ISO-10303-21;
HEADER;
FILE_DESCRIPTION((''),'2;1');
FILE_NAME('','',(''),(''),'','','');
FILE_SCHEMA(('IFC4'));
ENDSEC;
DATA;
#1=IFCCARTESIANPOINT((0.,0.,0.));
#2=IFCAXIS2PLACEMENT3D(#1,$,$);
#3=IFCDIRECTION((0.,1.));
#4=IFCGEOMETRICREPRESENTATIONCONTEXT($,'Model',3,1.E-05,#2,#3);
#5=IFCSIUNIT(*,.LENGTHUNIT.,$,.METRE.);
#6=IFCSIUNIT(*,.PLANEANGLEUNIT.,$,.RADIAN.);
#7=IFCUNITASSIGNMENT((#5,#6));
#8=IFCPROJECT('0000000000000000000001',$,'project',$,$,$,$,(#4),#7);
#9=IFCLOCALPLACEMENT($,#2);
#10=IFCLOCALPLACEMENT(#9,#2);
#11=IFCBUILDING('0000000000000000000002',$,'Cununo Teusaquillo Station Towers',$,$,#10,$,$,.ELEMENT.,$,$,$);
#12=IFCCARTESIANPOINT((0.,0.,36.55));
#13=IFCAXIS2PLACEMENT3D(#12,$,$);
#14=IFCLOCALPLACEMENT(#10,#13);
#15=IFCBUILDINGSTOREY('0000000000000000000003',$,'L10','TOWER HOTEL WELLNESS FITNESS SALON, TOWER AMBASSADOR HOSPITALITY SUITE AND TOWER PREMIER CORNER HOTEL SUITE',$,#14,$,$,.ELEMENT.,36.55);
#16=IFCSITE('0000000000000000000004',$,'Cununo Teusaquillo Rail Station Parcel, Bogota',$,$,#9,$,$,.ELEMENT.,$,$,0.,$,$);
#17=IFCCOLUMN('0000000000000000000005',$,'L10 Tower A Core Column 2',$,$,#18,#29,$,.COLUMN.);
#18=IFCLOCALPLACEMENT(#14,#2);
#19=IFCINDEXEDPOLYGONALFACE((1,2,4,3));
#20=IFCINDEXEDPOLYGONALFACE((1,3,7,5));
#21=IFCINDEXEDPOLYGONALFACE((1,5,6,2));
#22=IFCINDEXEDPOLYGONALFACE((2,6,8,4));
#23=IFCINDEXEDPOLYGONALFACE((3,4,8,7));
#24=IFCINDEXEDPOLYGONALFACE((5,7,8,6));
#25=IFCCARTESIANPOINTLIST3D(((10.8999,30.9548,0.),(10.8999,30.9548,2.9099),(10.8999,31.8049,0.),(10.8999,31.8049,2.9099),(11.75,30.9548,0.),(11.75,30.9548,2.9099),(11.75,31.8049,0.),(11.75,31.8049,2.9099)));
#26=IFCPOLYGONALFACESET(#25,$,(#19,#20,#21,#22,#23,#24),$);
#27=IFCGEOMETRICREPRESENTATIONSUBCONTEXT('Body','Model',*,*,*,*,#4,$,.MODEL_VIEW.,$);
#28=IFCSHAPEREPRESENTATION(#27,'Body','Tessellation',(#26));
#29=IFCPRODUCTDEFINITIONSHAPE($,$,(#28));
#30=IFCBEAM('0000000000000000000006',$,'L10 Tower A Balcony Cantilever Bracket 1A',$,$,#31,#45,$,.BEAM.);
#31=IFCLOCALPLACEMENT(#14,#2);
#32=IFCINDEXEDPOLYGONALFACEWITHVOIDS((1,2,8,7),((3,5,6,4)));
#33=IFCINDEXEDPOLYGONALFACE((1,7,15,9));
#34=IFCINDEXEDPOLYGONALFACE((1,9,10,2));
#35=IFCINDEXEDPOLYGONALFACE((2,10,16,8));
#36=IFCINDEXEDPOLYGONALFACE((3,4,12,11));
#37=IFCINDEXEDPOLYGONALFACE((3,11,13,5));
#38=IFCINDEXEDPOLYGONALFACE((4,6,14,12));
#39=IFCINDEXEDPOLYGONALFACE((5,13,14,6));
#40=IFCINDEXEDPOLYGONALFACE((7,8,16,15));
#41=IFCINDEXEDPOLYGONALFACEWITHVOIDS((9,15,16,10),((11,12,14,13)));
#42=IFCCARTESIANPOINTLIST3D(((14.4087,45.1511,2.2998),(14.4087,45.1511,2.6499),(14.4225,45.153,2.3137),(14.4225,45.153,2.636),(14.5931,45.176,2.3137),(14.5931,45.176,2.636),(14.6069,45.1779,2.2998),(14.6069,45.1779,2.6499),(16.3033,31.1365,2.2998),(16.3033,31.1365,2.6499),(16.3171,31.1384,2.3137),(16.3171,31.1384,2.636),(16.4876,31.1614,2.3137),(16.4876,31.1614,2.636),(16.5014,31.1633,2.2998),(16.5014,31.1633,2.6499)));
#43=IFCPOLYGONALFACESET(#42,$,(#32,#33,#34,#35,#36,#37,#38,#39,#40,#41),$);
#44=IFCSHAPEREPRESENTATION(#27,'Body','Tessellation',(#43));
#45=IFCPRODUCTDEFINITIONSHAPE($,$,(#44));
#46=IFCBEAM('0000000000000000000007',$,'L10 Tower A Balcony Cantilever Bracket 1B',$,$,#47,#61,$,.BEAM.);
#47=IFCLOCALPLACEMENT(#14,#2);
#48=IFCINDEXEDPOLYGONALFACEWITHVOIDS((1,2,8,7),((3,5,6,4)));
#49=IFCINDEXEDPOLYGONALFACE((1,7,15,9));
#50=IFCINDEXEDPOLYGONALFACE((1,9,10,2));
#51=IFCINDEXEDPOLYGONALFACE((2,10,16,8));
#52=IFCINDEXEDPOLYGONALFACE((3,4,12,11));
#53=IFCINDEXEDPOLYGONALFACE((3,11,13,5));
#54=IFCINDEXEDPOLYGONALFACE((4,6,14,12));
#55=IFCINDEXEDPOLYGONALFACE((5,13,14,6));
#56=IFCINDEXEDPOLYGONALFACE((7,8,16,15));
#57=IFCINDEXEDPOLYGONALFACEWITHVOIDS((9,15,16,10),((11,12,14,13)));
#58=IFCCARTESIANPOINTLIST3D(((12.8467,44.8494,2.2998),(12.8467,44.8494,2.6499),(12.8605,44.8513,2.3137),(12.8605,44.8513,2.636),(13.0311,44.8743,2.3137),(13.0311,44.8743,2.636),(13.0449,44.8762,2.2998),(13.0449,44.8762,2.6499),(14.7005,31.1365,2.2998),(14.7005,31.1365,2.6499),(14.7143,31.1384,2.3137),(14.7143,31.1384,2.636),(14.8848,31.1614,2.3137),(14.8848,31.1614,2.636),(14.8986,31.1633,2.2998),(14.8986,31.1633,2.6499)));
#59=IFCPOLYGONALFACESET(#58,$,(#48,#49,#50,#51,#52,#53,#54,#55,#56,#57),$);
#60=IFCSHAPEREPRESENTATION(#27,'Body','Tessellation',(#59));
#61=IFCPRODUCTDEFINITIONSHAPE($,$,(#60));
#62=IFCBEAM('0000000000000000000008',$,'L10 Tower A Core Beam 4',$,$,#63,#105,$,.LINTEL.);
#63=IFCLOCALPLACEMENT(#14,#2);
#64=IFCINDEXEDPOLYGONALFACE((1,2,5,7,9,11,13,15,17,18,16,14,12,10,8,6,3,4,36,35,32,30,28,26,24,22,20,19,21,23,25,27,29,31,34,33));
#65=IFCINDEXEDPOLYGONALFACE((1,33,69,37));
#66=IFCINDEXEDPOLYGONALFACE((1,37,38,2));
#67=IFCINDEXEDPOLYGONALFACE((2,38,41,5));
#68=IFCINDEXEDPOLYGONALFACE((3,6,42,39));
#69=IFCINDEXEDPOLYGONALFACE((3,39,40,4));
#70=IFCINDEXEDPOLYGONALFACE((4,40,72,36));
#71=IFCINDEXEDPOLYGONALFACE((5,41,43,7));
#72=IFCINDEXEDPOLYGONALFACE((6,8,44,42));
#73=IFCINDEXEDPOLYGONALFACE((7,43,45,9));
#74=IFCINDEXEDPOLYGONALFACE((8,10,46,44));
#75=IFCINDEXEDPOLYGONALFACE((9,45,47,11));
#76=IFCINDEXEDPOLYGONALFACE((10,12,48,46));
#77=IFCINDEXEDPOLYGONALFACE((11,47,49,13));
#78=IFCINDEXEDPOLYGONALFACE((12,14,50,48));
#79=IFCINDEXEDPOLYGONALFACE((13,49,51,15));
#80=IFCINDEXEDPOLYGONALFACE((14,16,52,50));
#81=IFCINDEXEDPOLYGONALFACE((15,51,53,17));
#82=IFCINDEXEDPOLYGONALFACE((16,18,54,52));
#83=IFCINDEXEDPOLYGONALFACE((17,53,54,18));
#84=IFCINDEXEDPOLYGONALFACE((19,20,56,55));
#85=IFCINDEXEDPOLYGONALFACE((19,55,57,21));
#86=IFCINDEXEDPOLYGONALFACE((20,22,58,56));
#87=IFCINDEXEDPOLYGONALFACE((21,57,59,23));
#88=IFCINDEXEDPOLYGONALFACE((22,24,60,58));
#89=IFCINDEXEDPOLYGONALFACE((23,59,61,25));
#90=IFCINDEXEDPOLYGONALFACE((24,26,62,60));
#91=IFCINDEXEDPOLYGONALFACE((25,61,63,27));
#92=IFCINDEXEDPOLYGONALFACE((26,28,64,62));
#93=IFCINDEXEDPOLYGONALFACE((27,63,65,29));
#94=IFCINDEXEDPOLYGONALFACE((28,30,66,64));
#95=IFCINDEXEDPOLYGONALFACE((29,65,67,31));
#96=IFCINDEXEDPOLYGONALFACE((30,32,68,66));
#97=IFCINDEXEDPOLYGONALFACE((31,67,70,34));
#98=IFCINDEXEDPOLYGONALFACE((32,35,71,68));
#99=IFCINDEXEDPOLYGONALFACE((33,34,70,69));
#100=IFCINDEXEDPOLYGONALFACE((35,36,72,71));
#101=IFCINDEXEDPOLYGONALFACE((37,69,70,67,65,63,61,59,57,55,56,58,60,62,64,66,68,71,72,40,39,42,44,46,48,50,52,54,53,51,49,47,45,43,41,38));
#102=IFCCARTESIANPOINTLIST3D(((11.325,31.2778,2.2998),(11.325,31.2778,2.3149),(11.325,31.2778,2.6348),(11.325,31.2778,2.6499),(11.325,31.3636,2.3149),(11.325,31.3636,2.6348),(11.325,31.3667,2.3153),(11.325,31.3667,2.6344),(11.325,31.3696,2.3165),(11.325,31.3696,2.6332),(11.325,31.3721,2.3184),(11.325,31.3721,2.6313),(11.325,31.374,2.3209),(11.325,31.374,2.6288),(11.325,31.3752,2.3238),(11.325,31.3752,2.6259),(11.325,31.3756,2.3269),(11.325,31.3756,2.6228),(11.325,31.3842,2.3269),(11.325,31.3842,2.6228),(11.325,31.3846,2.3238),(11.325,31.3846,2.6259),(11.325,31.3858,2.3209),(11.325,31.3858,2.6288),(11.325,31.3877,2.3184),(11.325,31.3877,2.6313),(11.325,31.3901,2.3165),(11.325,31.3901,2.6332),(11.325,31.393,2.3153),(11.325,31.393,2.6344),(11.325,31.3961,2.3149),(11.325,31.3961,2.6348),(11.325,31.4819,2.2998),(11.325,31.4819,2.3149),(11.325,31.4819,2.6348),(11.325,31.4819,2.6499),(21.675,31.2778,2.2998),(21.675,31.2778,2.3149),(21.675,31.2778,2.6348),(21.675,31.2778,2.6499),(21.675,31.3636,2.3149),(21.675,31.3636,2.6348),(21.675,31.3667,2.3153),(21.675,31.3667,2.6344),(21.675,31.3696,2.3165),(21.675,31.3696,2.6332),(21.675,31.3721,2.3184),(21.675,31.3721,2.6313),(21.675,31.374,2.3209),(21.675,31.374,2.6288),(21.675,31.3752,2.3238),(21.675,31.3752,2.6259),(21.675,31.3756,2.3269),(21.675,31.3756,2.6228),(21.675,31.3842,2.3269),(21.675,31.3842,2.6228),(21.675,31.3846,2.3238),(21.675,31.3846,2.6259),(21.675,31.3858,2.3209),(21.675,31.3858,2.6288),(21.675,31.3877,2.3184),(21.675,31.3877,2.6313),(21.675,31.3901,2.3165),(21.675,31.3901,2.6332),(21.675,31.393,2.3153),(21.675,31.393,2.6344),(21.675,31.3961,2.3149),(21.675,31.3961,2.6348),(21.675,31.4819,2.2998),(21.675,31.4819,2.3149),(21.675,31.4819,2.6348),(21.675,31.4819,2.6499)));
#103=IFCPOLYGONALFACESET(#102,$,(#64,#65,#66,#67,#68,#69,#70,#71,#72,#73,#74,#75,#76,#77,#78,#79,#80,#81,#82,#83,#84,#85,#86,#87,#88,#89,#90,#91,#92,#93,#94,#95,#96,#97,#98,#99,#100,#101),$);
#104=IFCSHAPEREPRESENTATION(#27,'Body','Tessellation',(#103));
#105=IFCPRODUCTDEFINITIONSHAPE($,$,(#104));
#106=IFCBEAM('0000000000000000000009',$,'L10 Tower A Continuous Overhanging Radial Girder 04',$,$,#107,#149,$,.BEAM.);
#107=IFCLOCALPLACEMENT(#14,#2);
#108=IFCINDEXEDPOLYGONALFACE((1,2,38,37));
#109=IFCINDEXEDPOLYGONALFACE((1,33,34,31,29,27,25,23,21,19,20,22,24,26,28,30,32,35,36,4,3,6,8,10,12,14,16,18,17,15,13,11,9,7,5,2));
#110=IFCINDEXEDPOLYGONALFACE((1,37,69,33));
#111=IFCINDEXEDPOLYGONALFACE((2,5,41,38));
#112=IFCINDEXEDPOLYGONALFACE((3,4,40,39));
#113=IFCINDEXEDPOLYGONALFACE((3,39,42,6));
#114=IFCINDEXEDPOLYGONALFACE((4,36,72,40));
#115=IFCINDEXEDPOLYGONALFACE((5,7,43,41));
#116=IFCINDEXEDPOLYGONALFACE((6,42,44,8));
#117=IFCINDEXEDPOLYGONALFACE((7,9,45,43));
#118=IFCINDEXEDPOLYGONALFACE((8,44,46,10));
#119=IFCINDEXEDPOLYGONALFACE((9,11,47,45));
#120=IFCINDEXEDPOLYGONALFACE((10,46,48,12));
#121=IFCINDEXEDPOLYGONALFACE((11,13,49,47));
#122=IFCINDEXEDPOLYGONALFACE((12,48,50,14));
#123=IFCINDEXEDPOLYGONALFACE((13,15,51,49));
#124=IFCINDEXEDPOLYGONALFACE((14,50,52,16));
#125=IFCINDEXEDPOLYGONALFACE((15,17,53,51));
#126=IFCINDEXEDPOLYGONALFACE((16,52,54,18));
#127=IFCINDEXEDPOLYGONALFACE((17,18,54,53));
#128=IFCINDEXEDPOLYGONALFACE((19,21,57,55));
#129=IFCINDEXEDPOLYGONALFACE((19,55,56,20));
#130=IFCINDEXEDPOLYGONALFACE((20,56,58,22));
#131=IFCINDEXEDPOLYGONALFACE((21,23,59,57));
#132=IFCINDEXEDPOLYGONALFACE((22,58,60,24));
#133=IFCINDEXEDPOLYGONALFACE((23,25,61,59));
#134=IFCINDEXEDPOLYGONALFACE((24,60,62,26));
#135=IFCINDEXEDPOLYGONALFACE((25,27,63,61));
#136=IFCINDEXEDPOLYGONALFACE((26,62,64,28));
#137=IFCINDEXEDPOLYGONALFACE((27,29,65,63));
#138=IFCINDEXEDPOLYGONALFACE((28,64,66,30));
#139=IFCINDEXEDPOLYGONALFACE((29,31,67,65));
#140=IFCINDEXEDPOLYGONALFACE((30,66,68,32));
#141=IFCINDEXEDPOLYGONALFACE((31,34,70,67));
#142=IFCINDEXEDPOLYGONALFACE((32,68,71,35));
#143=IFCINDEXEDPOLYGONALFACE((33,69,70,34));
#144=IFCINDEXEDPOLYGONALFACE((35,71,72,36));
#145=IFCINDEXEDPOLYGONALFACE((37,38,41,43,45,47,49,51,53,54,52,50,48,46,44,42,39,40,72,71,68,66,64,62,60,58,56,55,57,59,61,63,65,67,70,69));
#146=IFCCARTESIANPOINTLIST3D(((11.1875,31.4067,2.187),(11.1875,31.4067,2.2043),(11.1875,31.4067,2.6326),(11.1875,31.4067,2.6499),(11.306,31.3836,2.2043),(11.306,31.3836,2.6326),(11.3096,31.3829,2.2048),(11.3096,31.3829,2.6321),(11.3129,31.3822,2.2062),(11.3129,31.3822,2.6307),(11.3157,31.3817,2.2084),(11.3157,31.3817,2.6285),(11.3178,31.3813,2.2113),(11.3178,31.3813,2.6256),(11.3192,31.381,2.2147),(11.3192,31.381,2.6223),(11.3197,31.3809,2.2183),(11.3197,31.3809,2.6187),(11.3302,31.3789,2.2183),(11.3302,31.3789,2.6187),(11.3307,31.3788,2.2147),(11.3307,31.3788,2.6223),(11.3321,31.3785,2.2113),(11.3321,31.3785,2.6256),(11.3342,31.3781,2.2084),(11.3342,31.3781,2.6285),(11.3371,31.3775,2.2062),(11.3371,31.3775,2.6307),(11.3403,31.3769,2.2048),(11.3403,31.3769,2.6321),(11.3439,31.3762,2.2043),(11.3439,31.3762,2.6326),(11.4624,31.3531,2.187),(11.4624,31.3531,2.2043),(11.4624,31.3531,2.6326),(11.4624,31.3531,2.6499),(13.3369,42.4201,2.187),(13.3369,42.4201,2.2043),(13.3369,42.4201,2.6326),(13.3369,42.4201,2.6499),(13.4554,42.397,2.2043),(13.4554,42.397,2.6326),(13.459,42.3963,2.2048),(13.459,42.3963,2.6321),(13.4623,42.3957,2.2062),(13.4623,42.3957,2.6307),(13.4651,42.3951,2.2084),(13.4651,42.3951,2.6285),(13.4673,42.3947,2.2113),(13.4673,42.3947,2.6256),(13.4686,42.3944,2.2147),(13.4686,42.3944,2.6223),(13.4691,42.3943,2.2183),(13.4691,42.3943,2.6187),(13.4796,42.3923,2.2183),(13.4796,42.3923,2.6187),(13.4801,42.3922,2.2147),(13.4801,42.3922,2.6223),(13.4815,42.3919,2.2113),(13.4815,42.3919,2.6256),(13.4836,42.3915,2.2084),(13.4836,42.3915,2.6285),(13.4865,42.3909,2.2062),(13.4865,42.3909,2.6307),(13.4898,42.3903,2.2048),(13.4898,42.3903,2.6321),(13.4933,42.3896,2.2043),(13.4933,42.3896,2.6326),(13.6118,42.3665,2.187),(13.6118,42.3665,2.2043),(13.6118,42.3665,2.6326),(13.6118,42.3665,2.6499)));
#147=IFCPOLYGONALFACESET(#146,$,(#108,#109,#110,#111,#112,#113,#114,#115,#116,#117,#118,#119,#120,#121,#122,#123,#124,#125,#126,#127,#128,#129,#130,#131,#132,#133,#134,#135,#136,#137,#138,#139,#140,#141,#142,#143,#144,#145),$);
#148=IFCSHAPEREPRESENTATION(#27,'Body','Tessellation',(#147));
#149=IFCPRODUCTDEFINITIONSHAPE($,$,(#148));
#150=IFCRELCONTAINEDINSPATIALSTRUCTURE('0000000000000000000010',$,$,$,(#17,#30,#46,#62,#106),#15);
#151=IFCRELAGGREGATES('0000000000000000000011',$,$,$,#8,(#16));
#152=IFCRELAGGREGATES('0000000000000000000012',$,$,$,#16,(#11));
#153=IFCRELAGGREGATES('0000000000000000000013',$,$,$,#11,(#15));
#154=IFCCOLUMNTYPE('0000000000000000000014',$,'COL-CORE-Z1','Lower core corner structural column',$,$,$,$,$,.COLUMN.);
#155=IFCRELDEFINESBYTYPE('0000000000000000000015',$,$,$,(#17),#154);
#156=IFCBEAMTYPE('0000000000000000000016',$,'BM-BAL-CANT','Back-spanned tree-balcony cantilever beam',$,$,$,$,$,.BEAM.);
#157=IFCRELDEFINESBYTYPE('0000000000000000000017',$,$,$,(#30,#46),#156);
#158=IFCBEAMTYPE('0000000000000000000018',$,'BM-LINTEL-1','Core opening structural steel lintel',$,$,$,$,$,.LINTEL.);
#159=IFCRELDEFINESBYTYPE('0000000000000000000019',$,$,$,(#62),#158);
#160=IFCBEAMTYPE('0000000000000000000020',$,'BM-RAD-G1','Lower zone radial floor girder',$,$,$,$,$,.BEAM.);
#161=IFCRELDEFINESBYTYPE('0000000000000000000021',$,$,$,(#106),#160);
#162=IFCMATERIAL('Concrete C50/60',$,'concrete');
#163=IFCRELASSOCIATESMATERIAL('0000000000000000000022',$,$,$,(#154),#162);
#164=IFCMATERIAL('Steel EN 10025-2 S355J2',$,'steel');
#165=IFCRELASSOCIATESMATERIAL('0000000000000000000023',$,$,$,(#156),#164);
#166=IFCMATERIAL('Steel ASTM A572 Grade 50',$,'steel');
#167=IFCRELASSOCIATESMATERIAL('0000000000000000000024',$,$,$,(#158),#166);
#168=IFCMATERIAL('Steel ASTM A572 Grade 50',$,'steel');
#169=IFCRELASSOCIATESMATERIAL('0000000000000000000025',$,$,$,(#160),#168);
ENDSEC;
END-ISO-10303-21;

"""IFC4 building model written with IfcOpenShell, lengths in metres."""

from ifc_helpers import new_model, si_unit, direction, frame, origin, origin_2d, place, context, subcontext, project, spatial, rectangle, hollow_rectangle, i_section, extrude, material, material_profile, profile_set, type_object, element, save


model = new_model("IFC4")

# Units and contexts
model_context = context("Model", 3, precision=1e-05, world=origin(), true_north=direction((0.0, 1.0)))
body_context = subcontext(model_context, "Body", "Model", "MODEL_VIEW")
ifc_project = project(units=[si_unit("LENGTHUNIT", "METRE"), si_unit("PLANEANGLEUNIT", "RADIAN")], contexts=[model_context])

# Site, building, storey
site_placement = place(None, origin())
site = spatial("IfcSite", under=ifc_project, at=site_placement, Name="Cununo Teusaquillo Rail Station Parcel, Bogota", CompositionType="ELEMENT", RefElevation=0.0)
building_placement = place(site_placement, origin())
building = spatial("IfcBuilding", under=site, at=building_placement, Name="Cununo Teusaquillo Station Towers", CompositionType="ELEMENT")
storey_placement = place(building_placement, frame((0.0, 0.0, 36.55)))
storey = spatial("IfcBuildingStorey", under=building, at=storey_placement, Name="L10", Description="TOWER HOTEL WELLNESS FITNESS SALON, TOWER AMBASSADOR HOSPITALITY SUITE AND TOWER PREMIER CORNER HOTEL SUITE", CompositionType="ELEMENT", Elevation=36.55)

# Column
ifc_material_1 = material(Name="Concrete C50/60", Category="concrete")
ifc_material_profile_1 = material_profile(ifc_material_1, rectangle(XDim=0.8501, YDim=0.8501, at=origin_2d()), Name="RC-RECT-850x850")
ifc_profile_set_1 = profile_set([ifc_material_profile_1], Name="Concrete C50/60")
column_type = type_object("IfcColumnType", Name="COL-CORE-Z1", Description="Lower core corner structural column", PredefinedType="COLUMN", material=ifc_profile_set_1)
column_placement = place(storey_placement, frame((11.325, 31.3799, 0.0), z_axis=(0.0, 0.0, 1.0), x_axis=(1.0, 0.0, 0.0)))
element("IfcColumn", 1, at=column_placement, inside=storey, type_object=column_type, Name="L10 Tower A Core Column 2", PredefinedType="COLUMN", context=body_context, shape_type="SweptSolid", body=[
    extrude(rectangle(XDim=0.8501, YDim=0.8501, at=origin_2d()), origin(), (0.0, 0.0, 1.0), 2.9099),
])

# Beams
ifc_material_2 = material(Name="Steel EN 10025-2 S355J2", Category="steel")
ifc_material_profile_2 = material_profile(ifc_material_2, hollow_rectangle(XDim=0.2, YDim=0.3501, WallThickness=0.0139, at=origin_2d()), Name="RHS 350x200x14")
ifc_profile_set_2 = profile_set([ifc_material_profile_2], Name="Steel EN 10025-2 S355J2")
beam_type_1 = type_object("IfcBeamType", Name="BM-BAL-CANT", Description="Back-spanned tree-balcony cantilever beam", PredefinedType="BEAM", material=ifc_profile_set_2)
beam_1_placement = place(storey_placement, frame((16.4023, 31.1499, 2.4749), z_axis=(-0.133964, 0.990986, 0.0), x_axis=(-0.990986, -0.133964, 0.0)))
element("IfcBeam", 2, at=beam_1_placement, inside=storey, type_object=beam_type_1, Name="L10 Tower A Balcony Cantilever Bracket 1A", PredefinedType="BEAM", context=body_context, shape_type="SweptSolid", body=[
    extrude(hollow_rectangle(XDim=0.2, YDim=0.3501, WallThickness=0.0139, at=origin_2d()), origin(), (0.0, 0.0, 1.0), 14.1421),
])
beam_2_placement = place(storey_placement, frame((14.7996, 31.1499, 2.4749), z_axis=(-0.133965, 0.990986, 0.0), x_axis=(-0.990986, -0.133965, 0.0)))
element("IfcBeam", 3, at=beam_2_placement, inside=storey, type_object=beam_type_1, Name="L10 Tower A Balcony Cantilever Bracket 1B", PredefinedType="BEAM", context=body_context, shape_type="SweptSolid", body=[
    extrude(hollow_rectangle(XDim=0.2, YDim=0.3501, WallThickness=0.0139, at=origin_2d()), origin(), (0.0, 0.0, 1.0), 13.8376),
])
ifc_material_3 = material(Name="Steel ASTM A572 Grade 50", Category="steel")
ifc_material_profile_3 = material_profile(ifc_material_3, i_section(OverallWidth=0.2041, OverallDepth=0.3501, WebThickness=0.0085, FlangeThickness=0.0151, FilletRadius=0.012, at=origin_2d()), Name="W14X48")
ifc_profile_set_3 = profile_set([ifc_material_profile_3], Name="Steel ASTM A572 Grade 50")
beam_type_2 = type_object("IfcBeamType", Name="BM-LINTEL-1", Description="Core opening structural steel lintel", PredefinedType="LINTEL", material=ifc_profile_set_3)
beam_3_placement = place(storey_placement, frame((11.325, 31.3799, 2.4749), z_axis=(1.0, 0.0, 0.0), x_axis=(0.0, 1.0, 0.0)))
element("IfcBeam", 4, at=beam_3_placement, inside=storey, type_object=beam_type_2, Name="L10 Tower A Core Beam 4", PredefinedType="LINTEL", context=body_context, shape_type="SweptSolid", body=[
    extrude(i_section(OverallWidth=0.2041, OverallDepth=0.3501, WebThickness=0.0085, FlangeThickness=0.0151, FilletRadius=0.012, at=origin_2d()), origin(), (0.0, 0.0, 1.0), 10.3501),
])
ifc_material_4 = material(Name="Steel ASTM A572 Grade 50", Category="steel")
ifc_material_profile_4 = material_profile(ifc_material_4, i_section(OverallWidth=0.28, OverallDepth=0.4629, WebThickness=0.0107, FlangeThickness=0.0173, FilletRadius=0.0139, at=origin_2d()), Name="W18X76")
ifc_profile_set_4 = profile_set([ifc_material_profile_4], Name="Steel ASTM A572 Grade 50")
beam_type_3 = type_object("IfcBeamType", Name="BM-RAD-G1", Description="Lower zone radial floor girder", PredefinedType="BEAM", material=ifc_profile_set_4)
beam_4_placement = place(storey_placement, frame((11.325, 31.3799, 2.4185), z_axis=(0.191549, 0.981483, 0.0), x_axis=(-0.981483, 0.191549, 0.0)))
element("IfcBeam", 5, at=beam_4_placement, inside=storey, type_object=beam_type_3, Name="L10 Tower A Continuous Overhanging Radial Girder 04", PredefinedType="BEAM", context=body_context, shape_type="SweptSolid", body=[
    extrude(i_section(OverallWidth=0.28, OverallDepth=0.4629, WebThickness=0.0107, FlangeThickness=0.0173, FilletRadius=0.0139, at=origin_2d()), origin(), (0.0, 0.0, 1.0), 11.2212),
])

save(model, "model.ifc")
